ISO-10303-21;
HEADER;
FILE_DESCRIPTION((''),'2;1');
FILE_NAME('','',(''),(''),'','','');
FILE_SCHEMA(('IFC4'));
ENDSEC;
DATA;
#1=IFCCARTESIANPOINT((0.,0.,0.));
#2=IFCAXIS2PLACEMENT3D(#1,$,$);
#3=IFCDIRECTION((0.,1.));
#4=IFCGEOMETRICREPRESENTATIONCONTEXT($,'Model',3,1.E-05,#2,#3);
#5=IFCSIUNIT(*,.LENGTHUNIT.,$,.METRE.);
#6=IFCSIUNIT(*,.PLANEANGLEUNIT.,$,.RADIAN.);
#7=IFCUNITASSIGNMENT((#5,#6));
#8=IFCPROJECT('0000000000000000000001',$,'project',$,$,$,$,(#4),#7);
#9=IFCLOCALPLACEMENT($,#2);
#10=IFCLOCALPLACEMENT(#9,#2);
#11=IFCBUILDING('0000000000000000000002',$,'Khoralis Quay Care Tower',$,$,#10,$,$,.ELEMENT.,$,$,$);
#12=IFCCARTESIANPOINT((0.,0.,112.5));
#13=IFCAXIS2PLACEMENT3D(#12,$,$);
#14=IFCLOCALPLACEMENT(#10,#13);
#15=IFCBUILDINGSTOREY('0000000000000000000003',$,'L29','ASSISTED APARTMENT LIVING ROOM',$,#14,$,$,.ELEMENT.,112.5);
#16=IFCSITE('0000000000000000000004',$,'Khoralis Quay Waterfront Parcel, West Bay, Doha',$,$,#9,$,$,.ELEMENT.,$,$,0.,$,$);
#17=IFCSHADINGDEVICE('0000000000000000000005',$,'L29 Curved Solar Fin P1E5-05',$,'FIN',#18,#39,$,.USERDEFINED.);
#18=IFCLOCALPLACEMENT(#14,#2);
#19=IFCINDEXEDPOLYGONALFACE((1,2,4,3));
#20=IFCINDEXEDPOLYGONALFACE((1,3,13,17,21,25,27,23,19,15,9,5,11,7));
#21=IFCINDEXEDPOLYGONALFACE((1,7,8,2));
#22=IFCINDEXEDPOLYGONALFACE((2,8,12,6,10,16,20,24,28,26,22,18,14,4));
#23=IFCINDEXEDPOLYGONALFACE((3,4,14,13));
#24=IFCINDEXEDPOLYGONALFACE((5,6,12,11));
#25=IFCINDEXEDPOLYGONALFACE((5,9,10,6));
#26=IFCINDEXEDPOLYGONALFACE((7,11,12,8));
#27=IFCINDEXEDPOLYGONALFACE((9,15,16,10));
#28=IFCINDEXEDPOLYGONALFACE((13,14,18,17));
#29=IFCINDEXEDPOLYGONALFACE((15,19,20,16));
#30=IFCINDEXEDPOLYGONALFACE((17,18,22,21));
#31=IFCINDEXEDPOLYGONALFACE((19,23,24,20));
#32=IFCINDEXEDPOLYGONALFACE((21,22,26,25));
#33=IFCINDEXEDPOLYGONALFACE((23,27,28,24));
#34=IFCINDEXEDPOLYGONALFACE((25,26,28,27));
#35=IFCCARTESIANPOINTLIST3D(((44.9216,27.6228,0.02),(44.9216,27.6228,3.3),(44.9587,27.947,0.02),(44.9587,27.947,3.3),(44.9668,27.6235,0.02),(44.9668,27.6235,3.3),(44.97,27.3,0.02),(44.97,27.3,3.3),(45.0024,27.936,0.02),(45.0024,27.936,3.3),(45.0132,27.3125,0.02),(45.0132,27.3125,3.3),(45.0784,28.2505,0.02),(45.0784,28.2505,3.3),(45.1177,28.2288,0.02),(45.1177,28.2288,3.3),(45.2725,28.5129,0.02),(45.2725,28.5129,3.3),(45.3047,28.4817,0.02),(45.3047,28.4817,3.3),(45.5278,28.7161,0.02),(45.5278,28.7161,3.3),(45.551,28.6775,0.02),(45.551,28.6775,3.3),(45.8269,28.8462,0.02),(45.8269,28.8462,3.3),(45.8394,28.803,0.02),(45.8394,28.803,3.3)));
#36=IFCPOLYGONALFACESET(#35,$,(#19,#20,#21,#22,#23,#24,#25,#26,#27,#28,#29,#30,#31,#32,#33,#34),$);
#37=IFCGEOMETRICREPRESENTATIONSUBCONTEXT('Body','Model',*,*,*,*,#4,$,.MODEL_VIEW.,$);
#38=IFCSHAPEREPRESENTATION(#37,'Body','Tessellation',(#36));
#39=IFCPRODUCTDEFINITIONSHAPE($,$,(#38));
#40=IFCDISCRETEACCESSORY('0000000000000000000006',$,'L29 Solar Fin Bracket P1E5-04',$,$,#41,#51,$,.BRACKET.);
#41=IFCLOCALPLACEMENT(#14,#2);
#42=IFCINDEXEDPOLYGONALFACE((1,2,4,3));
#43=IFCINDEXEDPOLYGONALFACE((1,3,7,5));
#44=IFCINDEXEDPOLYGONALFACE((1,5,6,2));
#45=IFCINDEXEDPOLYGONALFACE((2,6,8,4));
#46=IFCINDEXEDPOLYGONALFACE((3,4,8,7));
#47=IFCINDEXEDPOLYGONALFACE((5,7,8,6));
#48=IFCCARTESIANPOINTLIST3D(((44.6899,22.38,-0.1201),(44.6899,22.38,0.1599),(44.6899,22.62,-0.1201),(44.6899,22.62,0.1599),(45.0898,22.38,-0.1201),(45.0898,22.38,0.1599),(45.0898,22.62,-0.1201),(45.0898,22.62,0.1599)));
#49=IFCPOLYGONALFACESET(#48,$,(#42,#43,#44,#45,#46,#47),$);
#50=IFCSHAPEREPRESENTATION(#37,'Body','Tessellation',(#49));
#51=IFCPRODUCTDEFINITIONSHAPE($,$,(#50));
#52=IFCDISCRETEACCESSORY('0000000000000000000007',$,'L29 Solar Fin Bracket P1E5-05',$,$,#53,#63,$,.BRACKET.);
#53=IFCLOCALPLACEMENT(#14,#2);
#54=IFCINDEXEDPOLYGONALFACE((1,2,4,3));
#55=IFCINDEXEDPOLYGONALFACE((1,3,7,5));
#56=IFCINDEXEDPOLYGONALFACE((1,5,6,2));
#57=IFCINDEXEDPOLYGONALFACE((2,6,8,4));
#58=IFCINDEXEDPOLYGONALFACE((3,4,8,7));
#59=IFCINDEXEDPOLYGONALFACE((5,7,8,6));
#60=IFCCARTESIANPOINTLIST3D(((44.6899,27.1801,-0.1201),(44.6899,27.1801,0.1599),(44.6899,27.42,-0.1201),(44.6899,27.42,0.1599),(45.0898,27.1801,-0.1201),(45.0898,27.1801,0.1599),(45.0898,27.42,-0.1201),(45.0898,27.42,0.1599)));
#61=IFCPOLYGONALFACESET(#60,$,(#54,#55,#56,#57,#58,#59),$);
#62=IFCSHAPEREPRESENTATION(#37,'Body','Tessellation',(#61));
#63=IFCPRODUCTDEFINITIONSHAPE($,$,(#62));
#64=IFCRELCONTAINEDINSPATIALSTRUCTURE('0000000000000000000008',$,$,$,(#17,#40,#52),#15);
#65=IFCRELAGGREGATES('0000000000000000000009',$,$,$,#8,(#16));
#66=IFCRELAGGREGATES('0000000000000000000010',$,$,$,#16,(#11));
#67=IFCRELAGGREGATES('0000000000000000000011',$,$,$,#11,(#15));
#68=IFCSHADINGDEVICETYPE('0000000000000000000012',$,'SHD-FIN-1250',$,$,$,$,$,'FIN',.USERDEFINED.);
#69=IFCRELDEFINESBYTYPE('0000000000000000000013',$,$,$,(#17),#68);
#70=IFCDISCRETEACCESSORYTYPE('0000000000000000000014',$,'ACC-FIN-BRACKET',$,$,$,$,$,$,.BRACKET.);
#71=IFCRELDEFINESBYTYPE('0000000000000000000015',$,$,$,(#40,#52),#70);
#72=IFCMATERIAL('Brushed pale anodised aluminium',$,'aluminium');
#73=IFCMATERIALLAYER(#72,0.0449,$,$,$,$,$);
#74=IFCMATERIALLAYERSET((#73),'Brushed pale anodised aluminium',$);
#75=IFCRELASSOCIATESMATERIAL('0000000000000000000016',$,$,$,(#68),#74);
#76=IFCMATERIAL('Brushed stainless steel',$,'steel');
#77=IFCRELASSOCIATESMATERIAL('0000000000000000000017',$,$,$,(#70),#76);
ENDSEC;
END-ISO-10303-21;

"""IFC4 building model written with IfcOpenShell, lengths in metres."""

from ifc_helpers import new_model, si_unit, direction, frame, origin, origin_2d, place, context, subcontext, project, spatial, polyline, rectangle, outline, extrude, source, transform, mapped, material, layer, layer_set, type_object, element, save


model = new_model("IFC4")

# Units and contexts
model_context = context("Model", 3, precision=1e-05, world=origin(), true_north=direction((0.0, 1.0)))
body_context = subcontext(model_context, "Body", "Model", "MODEL_VIEW")
ifc_project = project(units=[si_unit("LENGTHUNIT", "METRE"), si_unit("PLANEANGLEUNIT", "RADIAN")], contexts=[model_context])

# Site, building, storey
site_placement = place(None, origin())
site = spatial("IfcSite", under=ifc_project, at=site_placement, Name="Khoralis Quay Waterfront Parcel, West Bay, Doha", CompositionType="ELEMENT", RefElevation=0.0)
building_placement = place(site_placement, origin())
building = spatial("IfcBuilding", under=site, at=building_placement, Name="Khoralis Quay Care Tower", CompositionType="ELEMENT")
storey_placement = place(building_placement, frame((0.0, 0.0, 112.5)))
storey = spatial("IfcBuildingStorey", under=building, at=storey_placement, Name="L29", Description="ASSISTED APARTMENT LIVING ROOM", CompositionType="ELEMENT", Elevation=112.5)

# Shared definitions
ifc_material_1 = material(Name="Brushed stainless steel", Category="steel")

# Shading device
ifc_material_2 = material(Name="Brushed pale anodised aluminium", Category="aluminium")
ifc_layer_1 = layer(ifc_material_2, 0.0449)
ifc_layer_set_1 = layer_set([ifc_layer_1], Name="Brushed pale anodised aluminium")
shading_device_type = type_object("IfcShadingDeviceType", Name="SHD-FIN-1250", ElementType="FIN", PredefinedType="USERDEFINED", material=ifc_layer_set_1)
shared_shape_1 = source(origin(), body_context, "Body", "SweptSolid", [
    extrude(outline(polyline([(0.0, 0.0), (-0.0483, 0.3228), (-0.0112, 0.647), (0.1084, 0.9504), (0.3025, 1.2129), (0.5579, 1.416), (0.8569, 1.5461), (0.8694, 1.5029), (0.5811, 1.3774), (0.3347, 1.1816), (0.1477, 0.9287), (0.0325, 0.636), (-0.0032, 0.3235), (0.0432, 0.0125), (0.0, 0.0)])), origin(), (0.0, 0.0, 1.0), 3.28),
])
for number, where, z_axis, x_axis, name in (
    (1, (44.97, 27.3, 0.02), (0.0, 0.0, 1.0), (1.0, 0.0, 0.0), "L29 Curved Solar Fin P1E5-05"),
):
    element("IfcShadingDevice", number, at=place(storey_placement, frame(where, z_axis=z_axis, x_axis=x_axis)), inside=storey, type_object=shading_device_type, Name=name, ObjectType="FIN", PredefinedType="USERDEFINED", context=body_context, shape_type="MappedRepresentation", body=[
        mapped(shared_shape_1, transform((0.0, 0.0, 0.0), scale=1.0)),
    ])

# Discrete accessories
discrete_accessory_type = type_object("IfcDiscreteAccessoryType", Name="ACC-FIN-BRACKET", PredefinedType="BRACKET", material=ifc_material_1)
shared_shape_2 = source(origin(), body_context, "Body", "SweptSolid", [
    extrude(rectangle(XDim=0.3999, YDim=0.24, at=origin_2d()), origin(), (0.0, 0.0, 1.0), 0.28),
])
for number, where, z_axis, x_axis, name in (
    (2, (44.8899, 22.5, -0.1201), (0.0, 0.0, 1.0), (1.0, 0.0, 0.0), "L29 Solar Fin Bracket P1E5-04"),
    (3, (44.8899, 27.3, -0.1201), (0.0, 0.0, 1.0), (1.0, 0.0, 0.0), "L29 Solar Fin Bracket P1E5-05"),
):
    element("IfcDiscreteAccessory", number, at=place(storey_placement, frame(where, z_axis=z_axis, x_axis=x_axis)), inside=storey, type_object=discrete_accessory_type, Name=name, PredefinedType="BRACKET", context=body_context, shape_type="MappedRepresentation", body=[
        mapped(shared_shape_2, transform((0.0, 0.0, 0.0), scale=1.0)),
    ])

save(model, "model.ifc")
